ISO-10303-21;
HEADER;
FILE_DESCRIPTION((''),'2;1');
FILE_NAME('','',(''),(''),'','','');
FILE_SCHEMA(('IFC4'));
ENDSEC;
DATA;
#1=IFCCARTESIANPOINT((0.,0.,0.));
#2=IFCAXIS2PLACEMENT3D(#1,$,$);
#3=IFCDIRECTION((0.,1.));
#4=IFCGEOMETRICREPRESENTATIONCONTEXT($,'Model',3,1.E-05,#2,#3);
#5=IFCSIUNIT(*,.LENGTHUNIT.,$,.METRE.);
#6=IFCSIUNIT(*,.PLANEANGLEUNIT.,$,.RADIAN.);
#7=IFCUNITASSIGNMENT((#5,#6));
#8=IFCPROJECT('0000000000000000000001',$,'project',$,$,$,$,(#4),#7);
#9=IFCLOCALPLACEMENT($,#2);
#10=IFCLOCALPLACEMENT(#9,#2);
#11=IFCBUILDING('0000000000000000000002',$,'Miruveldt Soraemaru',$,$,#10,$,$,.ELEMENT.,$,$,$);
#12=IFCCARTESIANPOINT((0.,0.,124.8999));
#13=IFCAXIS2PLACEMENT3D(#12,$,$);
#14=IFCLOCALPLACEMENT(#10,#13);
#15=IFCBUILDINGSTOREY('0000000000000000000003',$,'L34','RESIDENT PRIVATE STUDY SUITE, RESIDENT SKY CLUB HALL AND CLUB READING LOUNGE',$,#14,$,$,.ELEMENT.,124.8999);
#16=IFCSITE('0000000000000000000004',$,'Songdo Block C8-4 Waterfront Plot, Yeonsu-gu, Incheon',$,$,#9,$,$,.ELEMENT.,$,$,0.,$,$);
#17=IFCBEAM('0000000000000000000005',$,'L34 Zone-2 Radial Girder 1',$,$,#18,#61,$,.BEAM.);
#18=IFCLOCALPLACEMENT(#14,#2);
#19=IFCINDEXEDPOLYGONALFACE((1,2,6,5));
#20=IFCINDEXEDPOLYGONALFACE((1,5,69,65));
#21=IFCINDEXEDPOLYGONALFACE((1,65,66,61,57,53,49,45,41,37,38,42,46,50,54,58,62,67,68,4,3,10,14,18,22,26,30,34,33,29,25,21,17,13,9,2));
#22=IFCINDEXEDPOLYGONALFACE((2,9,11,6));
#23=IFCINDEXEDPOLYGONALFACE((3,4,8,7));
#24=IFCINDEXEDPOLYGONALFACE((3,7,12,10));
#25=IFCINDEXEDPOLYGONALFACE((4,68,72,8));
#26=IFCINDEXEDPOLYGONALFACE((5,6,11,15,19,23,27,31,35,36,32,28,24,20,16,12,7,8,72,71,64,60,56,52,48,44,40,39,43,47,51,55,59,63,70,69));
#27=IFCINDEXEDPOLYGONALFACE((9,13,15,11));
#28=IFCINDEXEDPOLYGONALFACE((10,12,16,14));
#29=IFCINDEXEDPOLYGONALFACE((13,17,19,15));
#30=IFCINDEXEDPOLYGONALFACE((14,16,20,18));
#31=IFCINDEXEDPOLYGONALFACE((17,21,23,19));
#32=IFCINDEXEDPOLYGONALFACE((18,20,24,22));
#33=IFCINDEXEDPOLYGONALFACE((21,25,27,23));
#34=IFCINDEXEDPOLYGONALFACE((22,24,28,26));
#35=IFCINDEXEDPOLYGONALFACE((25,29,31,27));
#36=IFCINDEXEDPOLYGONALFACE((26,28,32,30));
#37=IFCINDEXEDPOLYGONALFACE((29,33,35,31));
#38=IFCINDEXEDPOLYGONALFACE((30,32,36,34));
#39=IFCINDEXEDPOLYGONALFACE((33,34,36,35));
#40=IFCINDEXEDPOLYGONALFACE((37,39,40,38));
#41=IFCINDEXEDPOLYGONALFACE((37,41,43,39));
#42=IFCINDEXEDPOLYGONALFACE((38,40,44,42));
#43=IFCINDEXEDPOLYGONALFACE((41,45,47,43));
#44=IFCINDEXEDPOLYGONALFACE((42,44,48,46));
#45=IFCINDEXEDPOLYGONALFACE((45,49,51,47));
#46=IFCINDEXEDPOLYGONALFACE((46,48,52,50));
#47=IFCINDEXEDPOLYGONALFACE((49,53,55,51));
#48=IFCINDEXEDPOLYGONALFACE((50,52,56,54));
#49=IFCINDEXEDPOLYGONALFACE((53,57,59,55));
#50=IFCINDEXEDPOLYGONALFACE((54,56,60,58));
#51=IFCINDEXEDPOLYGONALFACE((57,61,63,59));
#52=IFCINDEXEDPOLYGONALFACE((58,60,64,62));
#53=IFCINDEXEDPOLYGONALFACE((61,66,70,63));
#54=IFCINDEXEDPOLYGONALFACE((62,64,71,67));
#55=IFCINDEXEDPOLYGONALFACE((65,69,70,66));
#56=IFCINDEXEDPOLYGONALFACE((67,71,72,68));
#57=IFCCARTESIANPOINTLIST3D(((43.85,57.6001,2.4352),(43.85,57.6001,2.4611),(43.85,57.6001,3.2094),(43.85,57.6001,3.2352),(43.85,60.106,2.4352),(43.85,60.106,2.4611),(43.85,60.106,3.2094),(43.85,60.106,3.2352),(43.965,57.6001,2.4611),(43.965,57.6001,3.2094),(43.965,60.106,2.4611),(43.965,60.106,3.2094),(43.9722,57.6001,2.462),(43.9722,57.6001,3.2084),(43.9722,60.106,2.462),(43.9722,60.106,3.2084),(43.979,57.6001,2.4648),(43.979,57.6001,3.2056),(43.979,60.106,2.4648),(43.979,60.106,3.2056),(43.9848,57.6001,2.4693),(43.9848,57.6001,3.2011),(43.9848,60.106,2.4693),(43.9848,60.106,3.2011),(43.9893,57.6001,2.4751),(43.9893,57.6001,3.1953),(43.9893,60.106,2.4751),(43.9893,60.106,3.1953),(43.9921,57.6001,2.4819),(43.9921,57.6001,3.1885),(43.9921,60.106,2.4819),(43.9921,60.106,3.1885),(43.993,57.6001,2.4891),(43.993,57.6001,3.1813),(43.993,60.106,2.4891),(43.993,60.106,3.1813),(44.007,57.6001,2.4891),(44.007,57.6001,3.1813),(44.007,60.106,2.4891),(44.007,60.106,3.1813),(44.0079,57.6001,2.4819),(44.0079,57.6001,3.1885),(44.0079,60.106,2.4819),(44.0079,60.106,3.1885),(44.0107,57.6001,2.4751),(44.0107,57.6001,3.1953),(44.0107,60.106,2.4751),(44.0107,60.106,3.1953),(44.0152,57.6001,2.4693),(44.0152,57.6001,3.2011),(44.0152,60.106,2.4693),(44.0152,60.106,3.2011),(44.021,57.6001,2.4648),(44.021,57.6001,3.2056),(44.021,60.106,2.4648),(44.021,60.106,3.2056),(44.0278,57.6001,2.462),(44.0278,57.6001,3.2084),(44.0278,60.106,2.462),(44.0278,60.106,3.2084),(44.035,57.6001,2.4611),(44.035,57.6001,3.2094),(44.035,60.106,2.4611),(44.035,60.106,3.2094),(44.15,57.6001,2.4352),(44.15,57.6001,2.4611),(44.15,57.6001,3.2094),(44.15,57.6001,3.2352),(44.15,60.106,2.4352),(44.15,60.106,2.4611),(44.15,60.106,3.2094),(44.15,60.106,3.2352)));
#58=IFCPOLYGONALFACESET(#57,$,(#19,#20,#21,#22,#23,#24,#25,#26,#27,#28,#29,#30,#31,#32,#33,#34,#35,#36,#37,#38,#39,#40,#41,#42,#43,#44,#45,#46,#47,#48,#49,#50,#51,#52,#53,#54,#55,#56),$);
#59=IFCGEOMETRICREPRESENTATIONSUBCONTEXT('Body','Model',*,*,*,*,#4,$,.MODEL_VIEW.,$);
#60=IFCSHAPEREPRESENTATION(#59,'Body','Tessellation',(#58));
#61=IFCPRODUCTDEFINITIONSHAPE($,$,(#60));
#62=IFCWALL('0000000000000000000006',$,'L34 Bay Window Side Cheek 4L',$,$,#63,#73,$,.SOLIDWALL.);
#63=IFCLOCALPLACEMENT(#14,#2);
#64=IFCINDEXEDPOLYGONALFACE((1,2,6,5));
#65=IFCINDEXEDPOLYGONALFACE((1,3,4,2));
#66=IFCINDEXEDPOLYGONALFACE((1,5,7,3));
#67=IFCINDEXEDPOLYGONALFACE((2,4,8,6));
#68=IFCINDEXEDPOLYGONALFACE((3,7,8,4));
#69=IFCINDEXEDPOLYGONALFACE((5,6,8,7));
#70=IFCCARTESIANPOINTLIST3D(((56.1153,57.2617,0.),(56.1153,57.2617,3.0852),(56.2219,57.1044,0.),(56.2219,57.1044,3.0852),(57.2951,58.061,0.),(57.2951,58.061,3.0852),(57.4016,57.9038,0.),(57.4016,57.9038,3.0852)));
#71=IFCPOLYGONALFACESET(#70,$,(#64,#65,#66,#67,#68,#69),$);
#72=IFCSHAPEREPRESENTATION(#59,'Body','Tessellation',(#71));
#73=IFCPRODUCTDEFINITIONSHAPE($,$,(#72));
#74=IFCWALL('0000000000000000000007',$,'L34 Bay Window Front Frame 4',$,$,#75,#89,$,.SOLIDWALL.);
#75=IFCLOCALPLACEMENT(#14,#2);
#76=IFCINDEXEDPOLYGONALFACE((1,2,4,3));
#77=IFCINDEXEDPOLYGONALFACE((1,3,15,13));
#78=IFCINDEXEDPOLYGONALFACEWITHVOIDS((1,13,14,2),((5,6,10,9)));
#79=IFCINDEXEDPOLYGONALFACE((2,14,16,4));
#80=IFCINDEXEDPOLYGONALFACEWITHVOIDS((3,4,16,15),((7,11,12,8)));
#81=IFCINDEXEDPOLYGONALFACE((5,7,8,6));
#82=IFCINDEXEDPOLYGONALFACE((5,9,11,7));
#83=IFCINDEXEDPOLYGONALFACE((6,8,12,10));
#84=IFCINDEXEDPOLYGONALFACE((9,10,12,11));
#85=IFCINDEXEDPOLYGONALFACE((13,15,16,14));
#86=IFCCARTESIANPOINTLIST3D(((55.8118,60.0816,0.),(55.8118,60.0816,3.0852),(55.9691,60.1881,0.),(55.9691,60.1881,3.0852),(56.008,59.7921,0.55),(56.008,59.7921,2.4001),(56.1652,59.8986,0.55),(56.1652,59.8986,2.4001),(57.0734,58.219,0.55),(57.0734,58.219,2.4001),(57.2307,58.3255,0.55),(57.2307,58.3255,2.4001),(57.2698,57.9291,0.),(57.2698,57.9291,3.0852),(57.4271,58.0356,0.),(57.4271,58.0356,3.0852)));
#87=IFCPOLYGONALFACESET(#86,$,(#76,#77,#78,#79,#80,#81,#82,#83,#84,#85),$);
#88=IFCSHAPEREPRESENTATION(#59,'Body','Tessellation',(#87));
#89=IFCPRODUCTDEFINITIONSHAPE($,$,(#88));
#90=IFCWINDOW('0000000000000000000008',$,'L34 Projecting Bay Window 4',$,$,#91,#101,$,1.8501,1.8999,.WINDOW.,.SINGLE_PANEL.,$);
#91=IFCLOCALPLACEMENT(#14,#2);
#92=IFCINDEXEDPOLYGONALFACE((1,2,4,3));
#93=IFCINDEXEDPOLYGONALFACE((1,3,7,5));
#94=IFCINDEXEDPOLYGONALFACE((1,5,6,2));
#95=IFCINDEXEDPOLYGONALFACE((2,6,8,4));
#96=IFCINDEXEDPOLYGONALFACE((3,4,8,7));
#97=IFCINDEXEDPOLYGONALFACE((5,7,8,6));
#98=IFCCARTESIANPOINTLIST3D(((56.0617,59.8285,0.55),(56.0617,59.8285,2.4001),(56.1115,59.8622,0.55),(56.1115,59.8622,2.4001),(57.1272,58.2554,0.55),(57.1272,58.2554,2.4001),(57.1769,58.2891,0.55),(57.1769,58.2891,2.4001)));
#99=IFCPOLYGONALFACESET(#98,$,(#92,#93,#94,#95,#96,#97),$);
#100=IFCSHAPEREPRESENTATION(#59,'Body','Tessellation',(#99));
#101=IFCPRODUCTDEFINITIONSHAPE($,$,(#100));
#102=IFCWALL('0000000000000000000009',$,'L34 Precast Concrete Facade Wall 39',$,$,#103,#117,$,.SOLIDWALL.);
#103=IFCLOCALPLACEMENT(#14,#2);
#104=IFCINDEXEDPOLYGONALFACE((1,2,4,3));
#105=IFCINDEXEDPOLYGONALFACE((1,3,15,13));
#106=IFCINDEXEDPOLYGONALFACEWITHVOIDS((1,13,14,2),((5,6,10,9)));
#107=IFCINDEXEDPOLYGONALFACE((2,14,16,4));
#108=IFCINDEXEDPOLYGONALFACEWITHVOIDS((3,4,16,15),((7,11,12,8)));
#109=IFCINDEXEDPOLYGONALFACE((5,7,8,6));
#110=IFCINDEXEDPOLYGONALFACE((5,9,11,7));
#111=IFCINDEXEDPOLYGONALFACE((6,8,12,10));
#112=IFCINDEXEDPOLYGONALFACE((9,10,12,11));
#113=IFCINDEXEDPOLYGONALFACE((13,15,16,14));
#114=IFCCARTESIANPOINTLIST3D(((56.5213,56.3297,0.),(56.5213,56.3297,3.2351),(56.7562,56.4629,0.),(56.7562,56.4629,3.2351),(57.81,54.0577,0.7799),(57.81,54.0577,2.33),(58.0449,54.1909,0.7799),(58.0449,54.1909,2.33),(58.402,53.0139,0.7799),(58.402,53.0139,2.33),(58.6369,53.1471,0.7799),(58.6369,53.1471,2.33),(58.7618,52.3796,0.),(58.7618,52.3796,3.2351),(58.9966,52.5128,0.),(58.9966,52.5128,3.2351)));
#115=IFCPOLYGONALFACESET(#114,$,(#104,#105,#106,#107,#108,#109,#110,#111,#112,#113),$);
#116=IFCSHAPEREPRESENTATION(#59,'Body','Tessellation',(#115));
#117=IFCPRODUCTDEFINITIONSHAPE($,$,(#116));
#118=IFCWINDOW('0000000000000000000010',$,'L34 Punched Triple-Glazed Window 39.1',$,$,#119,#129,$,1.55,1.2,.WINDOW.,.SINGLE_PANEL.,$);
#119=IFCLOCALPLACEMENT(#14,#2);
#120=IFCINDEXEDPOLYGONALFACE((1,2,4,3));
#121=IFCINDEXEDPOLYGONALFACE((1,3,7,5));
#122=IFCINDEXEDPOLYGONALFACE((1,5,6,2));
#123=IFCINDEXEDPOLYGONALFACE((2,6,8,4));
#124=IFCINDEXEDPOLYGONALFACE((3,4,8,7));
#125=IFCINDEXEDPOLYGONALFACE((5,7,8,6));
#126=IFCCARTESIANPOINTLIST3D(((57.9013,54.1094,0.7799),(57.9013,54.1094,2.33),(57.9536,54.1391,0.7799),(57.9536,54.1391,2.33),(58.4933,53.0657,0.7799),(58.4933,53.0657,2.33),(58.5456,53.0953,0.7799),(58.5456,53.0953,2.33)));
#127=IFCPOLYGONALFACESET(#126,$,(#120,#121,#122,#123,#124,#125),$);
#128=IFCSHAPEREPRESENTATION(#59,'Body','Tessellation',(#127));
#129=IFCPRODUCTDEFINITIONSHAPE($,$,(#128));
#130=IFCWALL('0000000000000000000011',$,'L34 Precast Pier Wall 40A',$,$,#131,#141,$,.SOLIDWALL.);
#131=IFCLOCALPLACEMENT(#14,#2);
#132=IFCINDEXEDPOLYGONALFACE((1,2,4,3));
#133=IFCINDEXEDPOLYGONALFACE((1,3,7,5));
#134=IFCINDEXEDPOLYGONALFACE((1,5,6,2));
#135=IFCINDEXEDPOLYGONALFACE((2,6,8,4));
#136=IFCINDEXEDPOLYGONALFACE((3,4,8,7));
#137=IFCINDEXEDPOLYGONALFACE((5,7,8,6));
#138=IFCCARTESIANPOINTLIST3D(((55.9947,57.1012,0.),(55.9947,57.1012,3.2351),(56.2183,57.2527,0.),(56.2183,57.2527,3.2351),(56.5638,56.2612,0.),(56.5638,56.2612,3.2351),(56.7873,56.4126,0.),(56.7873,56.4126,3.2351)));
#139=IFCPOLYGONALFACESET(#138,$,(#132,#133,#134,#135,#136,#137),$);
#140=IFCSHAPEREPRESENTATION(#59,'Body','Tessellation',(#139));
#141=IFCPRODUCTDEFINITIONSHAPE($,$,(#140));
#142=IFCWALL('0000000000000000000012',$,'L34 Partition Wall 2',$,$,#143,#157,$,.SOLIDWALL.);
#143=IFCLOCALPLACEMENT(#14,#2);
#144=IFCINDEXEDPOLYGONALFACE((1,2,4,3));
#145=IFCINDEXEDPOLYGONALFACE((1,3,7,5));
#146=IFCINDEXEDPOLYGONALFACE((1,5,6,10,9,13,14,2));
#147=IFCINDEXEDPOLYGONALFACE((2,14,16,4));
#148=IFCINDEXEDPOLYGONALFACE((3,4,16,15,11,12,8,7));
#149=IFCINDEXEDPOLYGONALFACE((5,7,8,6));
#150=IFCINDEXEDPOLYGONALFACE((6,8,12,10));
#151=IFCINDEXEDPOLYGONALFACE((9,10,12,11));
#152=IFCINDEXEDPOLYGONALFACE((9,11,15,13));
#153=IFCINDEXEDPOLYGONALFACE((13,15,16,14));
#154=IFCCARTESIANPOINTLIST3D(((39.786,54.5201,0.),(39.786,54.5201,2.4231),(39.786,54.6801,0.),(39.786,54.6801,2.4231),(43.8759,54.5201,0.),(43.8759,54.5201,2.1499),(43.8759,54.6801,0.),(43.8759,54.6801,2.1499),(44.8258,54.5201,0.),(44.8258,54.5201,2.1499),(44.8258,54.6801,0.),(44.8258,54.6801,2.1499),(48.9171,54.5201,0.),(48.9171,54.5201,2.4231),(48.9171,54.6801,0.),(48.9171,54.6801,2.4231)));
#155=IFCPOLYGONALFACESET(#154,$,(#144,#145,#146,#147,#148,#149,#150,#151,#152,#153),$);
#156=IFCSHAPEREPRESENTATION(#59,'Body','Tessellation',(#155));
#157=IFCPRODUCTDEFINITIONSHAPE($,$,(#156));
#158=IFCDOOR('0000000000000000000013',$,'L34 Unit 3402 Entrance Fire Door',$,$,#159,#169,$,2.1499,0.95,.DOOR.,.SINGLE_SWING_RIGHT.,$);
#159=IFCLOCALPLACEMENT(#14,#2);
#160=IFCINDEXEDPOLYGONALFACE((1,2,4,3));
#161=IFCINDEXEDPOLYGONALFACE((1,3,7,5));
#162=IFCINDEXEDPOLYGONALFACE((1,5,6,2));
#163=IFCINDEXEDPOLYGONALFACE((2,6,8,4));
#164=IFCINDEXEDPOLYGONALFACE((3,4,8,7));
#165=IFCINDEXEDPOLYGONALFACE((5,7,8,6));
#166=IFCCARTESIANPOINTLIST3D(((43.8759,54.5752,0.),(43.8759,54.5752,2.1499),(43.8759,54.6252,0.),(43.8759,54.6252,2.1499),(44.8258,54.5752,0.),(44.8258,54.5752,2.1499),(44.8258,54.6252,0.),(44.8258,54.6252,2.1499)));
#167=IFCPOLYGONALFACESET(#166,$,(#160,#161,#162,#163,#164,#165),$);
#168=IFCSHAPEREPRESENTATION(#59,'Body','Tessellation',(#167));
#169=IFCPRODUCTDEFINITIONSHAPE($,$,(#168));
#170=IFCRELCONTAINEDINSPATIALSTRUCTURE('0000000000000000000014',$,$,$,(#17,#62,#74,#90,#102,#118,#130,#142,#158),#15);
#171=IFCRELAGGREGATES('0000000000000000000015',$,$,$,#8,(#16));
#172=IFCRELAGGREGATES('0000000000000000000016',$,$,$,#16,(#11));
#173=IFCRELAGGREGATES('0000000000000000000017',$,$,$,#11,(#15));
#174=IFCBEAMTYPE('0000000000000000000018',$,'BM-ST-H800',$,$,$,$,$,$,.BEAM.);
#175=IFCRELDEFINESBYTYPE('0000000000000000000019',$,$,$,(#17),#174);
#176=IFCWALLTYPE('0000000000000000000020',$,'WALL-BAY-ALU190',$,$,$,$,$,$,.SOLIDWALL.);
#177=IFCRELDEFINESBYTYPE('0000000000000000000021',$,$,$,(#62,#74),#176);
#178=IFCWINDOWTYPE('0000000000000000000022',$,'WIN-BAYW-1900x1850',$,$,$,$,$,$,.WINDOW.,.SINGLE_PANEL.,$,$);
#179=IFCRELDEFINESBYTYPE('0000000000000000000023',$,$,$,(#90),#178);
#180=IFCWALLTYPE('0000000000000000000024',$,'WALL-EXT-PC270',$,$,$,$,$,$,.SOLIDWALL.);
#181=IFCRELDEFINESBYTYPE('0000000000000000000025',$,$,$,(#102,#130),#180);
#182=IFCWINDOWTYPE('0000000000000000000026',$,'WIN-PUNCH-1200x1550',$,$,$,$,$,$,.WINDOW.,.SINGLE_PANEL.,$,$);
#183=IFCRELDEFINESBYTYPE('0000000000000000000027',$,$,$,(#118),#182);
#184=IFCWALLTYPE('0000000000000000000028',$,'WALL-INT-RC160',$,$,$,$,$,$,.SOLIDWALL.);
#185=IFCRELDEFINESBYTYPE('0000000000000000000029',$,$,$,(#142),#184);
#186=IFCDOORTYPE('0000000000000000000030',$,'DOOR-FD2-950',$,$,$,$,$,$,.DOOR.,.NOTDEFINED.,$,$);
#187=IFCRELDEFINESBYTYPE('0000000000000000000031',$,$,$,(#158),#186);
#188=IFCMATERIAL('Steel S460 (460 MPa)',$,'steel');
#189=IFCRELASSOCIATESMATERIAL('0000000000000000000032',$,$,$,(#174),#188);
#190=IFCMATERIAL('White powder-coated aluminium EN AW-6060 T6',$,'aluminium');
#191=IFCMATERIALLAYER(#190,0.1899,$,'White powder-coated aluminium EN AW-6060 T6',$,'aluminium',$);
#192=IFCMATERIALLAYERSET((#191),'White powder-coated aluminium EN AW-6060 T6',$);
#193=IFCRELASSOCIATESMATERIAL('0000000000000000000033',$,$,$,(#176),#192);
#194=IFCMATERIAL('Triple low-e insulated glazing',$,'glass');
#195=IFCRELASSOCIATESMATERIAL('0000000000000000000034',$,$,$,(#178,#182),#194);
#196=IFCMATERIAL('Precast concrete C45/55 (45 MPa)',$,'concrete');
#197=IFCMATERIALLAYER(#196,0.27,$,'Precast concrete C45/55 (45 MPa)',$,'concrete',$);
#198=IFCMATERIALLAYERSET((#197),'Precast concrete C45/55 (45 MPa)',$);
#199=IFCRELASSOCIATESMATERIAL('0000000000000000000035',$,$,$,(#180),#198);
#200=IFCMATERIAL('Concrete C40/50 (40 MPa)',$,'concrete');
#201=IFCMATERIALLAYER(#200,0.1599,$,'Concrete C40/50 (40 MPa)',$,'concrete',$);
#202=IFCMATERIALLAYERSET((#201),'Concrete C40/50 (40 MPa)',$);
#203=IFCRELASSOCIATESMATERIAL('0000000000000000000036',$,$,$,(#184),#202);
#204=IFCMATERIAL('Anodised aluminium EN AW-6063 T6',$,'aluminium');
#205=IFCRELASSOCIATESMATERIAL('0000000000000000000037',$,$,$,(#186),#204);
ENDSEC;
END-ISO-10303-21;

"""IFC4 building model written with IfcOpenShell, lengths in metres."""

from ifc_helpers import new_model, si_unit, direction, frame, frame_2d, origin, origin_2d, place, context, subcontext, project, spatial, rectangle, i_section, extrude, material, layer, layer_set, material_profile, profile_set, type_object, element, fill, save


model = new_model("IFC4")

# Units and contexts
model_context = context("Model", 3, precision=1e-05, world=origin(), true_north=direction((0.0, 1.0)))
body_context = subcontext(model_context, "Body", "Model", "MODEL_VIEW")
ifc_project = project(units=[si_unit("LENGTHUNIT", "METRE"), si_unit("PLANEANGLEUNIT", "RADIAN")], contexts=[model_context])

# Site, building, storey
site_placement = place(None, origin())
site = spatial("IfcSite", under=ifc_project, at=site_placement, Name="Songdo Block C8-4 Waterfront Plot, Yeonsu-gu, Incheon", CompositionType="ELEMENT", RefElevation=0.0)
building_placement = place(site_placement, origin())
building = spatial("IfcBuilding", under=site, at=building_placement, Name="Miruveldt Soraemaru", CompositionType="ELEMENT")
storey_placement = place(building_placement, frame((0.0, 0.0, 124.8999)))
storey = spatial("IfcBuildingStorey", under=building, at=storey_placement, Name="L34", Description="RESIDENT PRIVATE STUDY SUITE, RESIDENT SKY CLUB HALL AND CLUB READING LOUNGE", CompositionType="ELEMENT", Elevation=124.8999)

# Beam
ifc_material_1 = material(Name="Steel S460 (460 MPa)", Category="steel")
ifc_material_profile_1 = material_profile(ifc_material_1, i_section(OverallWidth=0.3, OverallDepth=0.8, WebThickness=0.0139, FlangeThickness=0.0259, FilletRadius=0.0281, at=origin_2d()), Name="Steel S460 (460 MPa)", Category="steel")
ifc_profile_set_1 = profile_set([ifc_material_profile_1], Name="Steel S460 (460 MPa)")
beam_type_1 = type_object("IfcBeamType", Name="BM-ST-H800", PredefinedType="BEAM", material=ifc_profile_set_1)
beam_1_placement = place(storey_placement, frame((44.0, 57.6001, 2.8352), z_axis=(0.0, 1.0, 0.0), x_axis=(-1.0, 0.0, 0.0)))
element("IfcBeam", 1, at=beam_1_placement, inside=storey, type_object=beam_type_1, Name="L34 Zone-2 Radial Girder 1", PredefinedType="BEAM", context=body_context, shape_type="SweptSolid", body=[
    extrude(i_section(OverallWidth=0.3, OverallDepth=0.8, WebThickness=0.0139, FlangeThickness=0.0259, FilletRadius=0.0281, at=origin_2d()), origin(), (0.0, 0.0, 1.0), 2.5059),
])

# Wall
ifc_material_2 = material(Name="White powder-coated aluminium EN AW-6060 T6", Category="aluminium")
ifc_layer_1 = layer(ifc_material_2, 0.1899, Name="White powder-coated aluminium EN AW-6060 T6", Category="aluminium")
ifc_layer_set_1 = layer_set([ifc_layer_1], Name="White powder-coated aluminium EN AW-6060 T6")
wall_type_1 = type_object("IfcWallType", Name="WALL-BAY-ALU190", PredefinedType="SOLIDWALL", material=ifc_layer_set_1)
wall_1_placement = place(storey_placement, frame((56.1687, 57.1831, 0.0), z_axis=(0.0, 0.0, 1.0), x_axis=(0.827862, 0.560931, 0.0)))
element("IfcWall", 2, at=wall_1_placement, inside=storey, type_object=wall_type_1, Name="L34 Bay Window Side Cheek 4L", PredefinedType="SOLIDWALL", context=body_context, shape_type="SweptSolid", body=[
    extrude(rectangle(XDim=1.425, YDim=0.1899, at=frame_2d((0.7124, 0.0))), origin(), (0.0, 0.0, 1.0), 3.0852),
])

# Walls, openings, windows
wall_2_placement = place(storey_placement, frame((57.3484, 57.9824, 0.0), z_axis=(0.0, 0.0, 1.0), x_axis=(-0.560796, 0.827954, 0.0)))
wall_2 = element("IfcWall", 3, at=wall_2_placement, inside=storey, type_object=wall_type_1, Name="L34 Bay Window Front Frame 4", PredefinedType="SOLIDWALL", context=body_context, shape_type="SweptSolid", body=[
    extrude(rectangle(XDim=2.5999, YDim=0.1899, at=frame_2d((1.2998, 0.0))), origin(), (0.0, 0.0, 1.0), 3.0852),
])
opening_1_placement = place(wall_2_placement, frame((0.3501, 0.0, 0.55)))
opening_1 = element("IfcOpeningElement", 4, at=opening_1_placement, cuts=wall_2, PredefinedType="OPENING", context=body_context, shape_type="SweptSolid", body=[
    extrude(rectangle(XDim=1.8999, YDim=1.8501, at=frame_2d((0.95, 0.925))), frame((0.0, 0.105, 0.0), z_axis=(0.0, -1.0, 0.0), x_axis=(1.0, 0.0, 0.0)), (0.0, 0.0, 1.0), 0.21),
])
ifc_material_3 = material(Name="Triple low-e insulated glazing", Category="glass")
window_type_1 = type_object("IfcWindowType", Name="WIN-BAYW-1900x1850", PartitioningType="SINGLE_PANEL", PredefinedType="WINDOW", material=ifc_material_3)
window_1_placement = place(opening_1_placement, origin())
window_1 = element("IfcWindow", 5, at=window_1_placement, inside=storey, type_object=window_type_1, Name="L34 Projecting Bay Window 4", OverallHeight=1.8501, OverallWidth=1.8999, PartitioningType="SINGLE_PANEL", PredefinedType="WINDOW", context=body_context, shape_type="SweptSolid", body=[
    extrude(rectangle(XDim=1.8999, YDim=1.8501, at=frame_2d((0.95, 0.925))), frame((0.0, 0.03, 0.0), z_axis=(0.0, -1.0, 0.0), x_axis=(1.0, 0.0, 0.0)), (0.0, 0.0, 1.0), 0.0601),
])
fill(opening_1, window_1)
ifc_material_4 = material(Name="Precast concrete C45/55 (45 MPa)", Category="concrete")
ifc_layer_2 = layer(ifc_material_4, 0.27, Name="Precast concrete C45/55 (45 MPa)", Category="concrete")
ifc_layer_set_2 = layer_set([ifc_layer_2], Name="Precast concrete C45/55 (45 MPa)")
wall_type_2 = type_object("IfcWallType", Name="WALL-EXT-PC270", PredefinedType="SOLIDWALL", material=ifc_layer_set_2)
wall_3_placement = place(storey_placement, frame((58.8792, 52.4463, 0.0), z_axis=(0.0, 0.0, 1.0), x_axis=(-0.493352, 0.86983, 0.0)))
wall_3 = element("IfcWall", 6, at=wall_3_placement, inside=storey, type_object=wall_type_2, Name="L34 Precast Concrete Facade Wall 39", PredefinedType="SOLIDWALL", context=body_context, shape_type="SweptSolid", body=[
    extrude(rectangle(XDim=4.5413, YDim=0.27, at=frame_2d((2.2705, 0.0))), origin(), (0.0, 0.0, 1.0), 3.2351),
])
opening_2_placement = place(wall_3_placement, frame((0.729, 0.0, 0.78)))
opening_2 = element("IfcOpeningElement", 7, at=opening_2_placement, cuts=wall_3, PredefinedType="OPENING", context=body_context, shape_type="SweptSolid", body=[
    extrude(rectangle(XDim=1.2, YDim=1.55, at=frame_2d((0.6001, 0.7749))), frame((0.0, 0.145, 0.0), z_axis=(0.0, -1.0, 0.0), x_axis=(1.0, 0.0, 0.0)), (0.0, 0.0, 1.0), 0.29),
])
window_type_2 = type_object("IfcWindowType", Name="WIN-PUNCH-1200x1550", PartitioningType="SINGLE_PANEL", PredefinedType="WINDOW", material=ifc_material_3)
window_2_placement = place(opening_2_placement, origin())
window_2 = element("IfcWindow", 8, at=window_2_placement, inside=storey, type_object=window_type_2, Name="L34 Punched Triple-Glazed Window 39.1", OverallHeight=1.55, OverallWidth=1.2, PartitioningType="SINGLE_PANEL", PredefinedType="WINDOW", context=body_context, shape_type="SweptSolid", body=[
    extrude(rectangle(XDim=1.2, YDim=1.55, at=frame_2d((0.6001, 0.7749))), frame((0.0, 0.03, 0.0), z_axis=(0.0, -1.0, 0.0), x_axis=(1.0, 0.0, 0.0)), (0.0, 0.0, 1.0), 0.0601),
])
fill(opening_2, window_2)

# Wall
wall_4_placement = place(storey_placement, frame((56.6755, 56.3369, 0.0), z_axis=(0.0, 0.0, 1.0), x_axis=(-0.560848, 0.827919, 0.0)))
element("IfcWall", 9, at=wall_4_placement, inside=storey, type_object=wall_type_2, Name="L34 Precast Pier Wall 40A", PredefinedType="SOLIDWALL", context=body_context, shape_type="SweptSolid", body=[
    extrude(rectangle(XDim=1.0146, YDim=0.27, at=frame_2d((0.5073, 0.0))), origin(), (0.0, 0.0, 1.0), 3.2351),
])

# Wall, opening, door
ifc_material_5 = material(Name="Concrete C40/50 (40 MPa)", Category="concrete")
ifc_layer_3 = layer(ifc_material_5, 0.1599, Name="Concrete C40/50 (40 MPa)", Category="concrete")
ifc_layer_set_3 = layer_set([ifc_layer_3], Name="Concrete C40/50 (40 MPa)")
wall_type_3 = type_object("IfcWallType", Name="WALL-INT-RC160", PredefinedType="SOLIDWALL", material=ifc_layer_set_3)
wall_5_placement = place(storey_placement, frame((48.917, 54.6001, 0.0), z_axis=(0.0, 0.0, 1.0), x_axis=(-1.0, 0.0, 0.0)))
wall_5 = element("IfcWall", 10, at=wall_5_placement, inside=storey, type_object=wall_type_3, Name="L34 Partition Wall 2", PredefinedType="SOLIDWALL", context=body_context, shape_type="SweptSolid", body=[
    extrude(rectangle(XDim=9.1311, YDim=0.1599, at=frame_2d((4.5654, 0.0))), origin(), (0.0, 0.0, 1.0), 2.4231),
])
opening_3_placement = place(wall_5_placement, frame((4.0911, 0.0, 0.0)))
opening_3 = element("IfcOpeningElement", 11, at=opening_3_placement, cuts=wall_5, PredefinedType="OPENING", context=body_context, shape_type="SweptSolid", body=[
    extrude(rectangle(XDim=0.95, YDim=2.1499, at=frame_2d((0.4751, 1.075))), frame((0.0, 0.0898, 0.0), z_axis=(0.0, -1.0, 0.0), x_axis=(1.0, 0.0, 0.0)), (0.0, 0.0, 1.0), 0.1799),
])
ifc_material_6 = material(Name="Anodised aluminium EN AW-6063 T6", Category="aluminium")
door_type = type_object("IfcDoorType", Name="DOOR-FD2-950", OperationType="NOTDEFINED", PredefinedType="DOOR", material=ifc_material_6)
door_1_placement = place(opening_3_placement, origin())
door_1 = element("IfcDoor", 12, at=door_1_placement, inside=storey, type_object=door_type, Name="L34 Unit 3402 Entrance Fire Door", OperationType="SINGLE_SWING_RIGHT", OverallHeight=2.1499, OverallWidth=0.95, PredefinedType="DOOR", context=body_context, shape_type="SweptSolid", body=[
    extrude(rectangle(XDim=0.95, YDim=2.1499, at=frame_2d((0.4751, 1.075))), frame((0.0, 0.0249, 0.0), z_axis=(0.0, -1.0, 0.0), x_axis=(1.0, 0.0, 0.0)), (0.0, 0.0, 1.0), 0.05),
])
fill(opening_3, door_1)

save(model, "model.ifc")
